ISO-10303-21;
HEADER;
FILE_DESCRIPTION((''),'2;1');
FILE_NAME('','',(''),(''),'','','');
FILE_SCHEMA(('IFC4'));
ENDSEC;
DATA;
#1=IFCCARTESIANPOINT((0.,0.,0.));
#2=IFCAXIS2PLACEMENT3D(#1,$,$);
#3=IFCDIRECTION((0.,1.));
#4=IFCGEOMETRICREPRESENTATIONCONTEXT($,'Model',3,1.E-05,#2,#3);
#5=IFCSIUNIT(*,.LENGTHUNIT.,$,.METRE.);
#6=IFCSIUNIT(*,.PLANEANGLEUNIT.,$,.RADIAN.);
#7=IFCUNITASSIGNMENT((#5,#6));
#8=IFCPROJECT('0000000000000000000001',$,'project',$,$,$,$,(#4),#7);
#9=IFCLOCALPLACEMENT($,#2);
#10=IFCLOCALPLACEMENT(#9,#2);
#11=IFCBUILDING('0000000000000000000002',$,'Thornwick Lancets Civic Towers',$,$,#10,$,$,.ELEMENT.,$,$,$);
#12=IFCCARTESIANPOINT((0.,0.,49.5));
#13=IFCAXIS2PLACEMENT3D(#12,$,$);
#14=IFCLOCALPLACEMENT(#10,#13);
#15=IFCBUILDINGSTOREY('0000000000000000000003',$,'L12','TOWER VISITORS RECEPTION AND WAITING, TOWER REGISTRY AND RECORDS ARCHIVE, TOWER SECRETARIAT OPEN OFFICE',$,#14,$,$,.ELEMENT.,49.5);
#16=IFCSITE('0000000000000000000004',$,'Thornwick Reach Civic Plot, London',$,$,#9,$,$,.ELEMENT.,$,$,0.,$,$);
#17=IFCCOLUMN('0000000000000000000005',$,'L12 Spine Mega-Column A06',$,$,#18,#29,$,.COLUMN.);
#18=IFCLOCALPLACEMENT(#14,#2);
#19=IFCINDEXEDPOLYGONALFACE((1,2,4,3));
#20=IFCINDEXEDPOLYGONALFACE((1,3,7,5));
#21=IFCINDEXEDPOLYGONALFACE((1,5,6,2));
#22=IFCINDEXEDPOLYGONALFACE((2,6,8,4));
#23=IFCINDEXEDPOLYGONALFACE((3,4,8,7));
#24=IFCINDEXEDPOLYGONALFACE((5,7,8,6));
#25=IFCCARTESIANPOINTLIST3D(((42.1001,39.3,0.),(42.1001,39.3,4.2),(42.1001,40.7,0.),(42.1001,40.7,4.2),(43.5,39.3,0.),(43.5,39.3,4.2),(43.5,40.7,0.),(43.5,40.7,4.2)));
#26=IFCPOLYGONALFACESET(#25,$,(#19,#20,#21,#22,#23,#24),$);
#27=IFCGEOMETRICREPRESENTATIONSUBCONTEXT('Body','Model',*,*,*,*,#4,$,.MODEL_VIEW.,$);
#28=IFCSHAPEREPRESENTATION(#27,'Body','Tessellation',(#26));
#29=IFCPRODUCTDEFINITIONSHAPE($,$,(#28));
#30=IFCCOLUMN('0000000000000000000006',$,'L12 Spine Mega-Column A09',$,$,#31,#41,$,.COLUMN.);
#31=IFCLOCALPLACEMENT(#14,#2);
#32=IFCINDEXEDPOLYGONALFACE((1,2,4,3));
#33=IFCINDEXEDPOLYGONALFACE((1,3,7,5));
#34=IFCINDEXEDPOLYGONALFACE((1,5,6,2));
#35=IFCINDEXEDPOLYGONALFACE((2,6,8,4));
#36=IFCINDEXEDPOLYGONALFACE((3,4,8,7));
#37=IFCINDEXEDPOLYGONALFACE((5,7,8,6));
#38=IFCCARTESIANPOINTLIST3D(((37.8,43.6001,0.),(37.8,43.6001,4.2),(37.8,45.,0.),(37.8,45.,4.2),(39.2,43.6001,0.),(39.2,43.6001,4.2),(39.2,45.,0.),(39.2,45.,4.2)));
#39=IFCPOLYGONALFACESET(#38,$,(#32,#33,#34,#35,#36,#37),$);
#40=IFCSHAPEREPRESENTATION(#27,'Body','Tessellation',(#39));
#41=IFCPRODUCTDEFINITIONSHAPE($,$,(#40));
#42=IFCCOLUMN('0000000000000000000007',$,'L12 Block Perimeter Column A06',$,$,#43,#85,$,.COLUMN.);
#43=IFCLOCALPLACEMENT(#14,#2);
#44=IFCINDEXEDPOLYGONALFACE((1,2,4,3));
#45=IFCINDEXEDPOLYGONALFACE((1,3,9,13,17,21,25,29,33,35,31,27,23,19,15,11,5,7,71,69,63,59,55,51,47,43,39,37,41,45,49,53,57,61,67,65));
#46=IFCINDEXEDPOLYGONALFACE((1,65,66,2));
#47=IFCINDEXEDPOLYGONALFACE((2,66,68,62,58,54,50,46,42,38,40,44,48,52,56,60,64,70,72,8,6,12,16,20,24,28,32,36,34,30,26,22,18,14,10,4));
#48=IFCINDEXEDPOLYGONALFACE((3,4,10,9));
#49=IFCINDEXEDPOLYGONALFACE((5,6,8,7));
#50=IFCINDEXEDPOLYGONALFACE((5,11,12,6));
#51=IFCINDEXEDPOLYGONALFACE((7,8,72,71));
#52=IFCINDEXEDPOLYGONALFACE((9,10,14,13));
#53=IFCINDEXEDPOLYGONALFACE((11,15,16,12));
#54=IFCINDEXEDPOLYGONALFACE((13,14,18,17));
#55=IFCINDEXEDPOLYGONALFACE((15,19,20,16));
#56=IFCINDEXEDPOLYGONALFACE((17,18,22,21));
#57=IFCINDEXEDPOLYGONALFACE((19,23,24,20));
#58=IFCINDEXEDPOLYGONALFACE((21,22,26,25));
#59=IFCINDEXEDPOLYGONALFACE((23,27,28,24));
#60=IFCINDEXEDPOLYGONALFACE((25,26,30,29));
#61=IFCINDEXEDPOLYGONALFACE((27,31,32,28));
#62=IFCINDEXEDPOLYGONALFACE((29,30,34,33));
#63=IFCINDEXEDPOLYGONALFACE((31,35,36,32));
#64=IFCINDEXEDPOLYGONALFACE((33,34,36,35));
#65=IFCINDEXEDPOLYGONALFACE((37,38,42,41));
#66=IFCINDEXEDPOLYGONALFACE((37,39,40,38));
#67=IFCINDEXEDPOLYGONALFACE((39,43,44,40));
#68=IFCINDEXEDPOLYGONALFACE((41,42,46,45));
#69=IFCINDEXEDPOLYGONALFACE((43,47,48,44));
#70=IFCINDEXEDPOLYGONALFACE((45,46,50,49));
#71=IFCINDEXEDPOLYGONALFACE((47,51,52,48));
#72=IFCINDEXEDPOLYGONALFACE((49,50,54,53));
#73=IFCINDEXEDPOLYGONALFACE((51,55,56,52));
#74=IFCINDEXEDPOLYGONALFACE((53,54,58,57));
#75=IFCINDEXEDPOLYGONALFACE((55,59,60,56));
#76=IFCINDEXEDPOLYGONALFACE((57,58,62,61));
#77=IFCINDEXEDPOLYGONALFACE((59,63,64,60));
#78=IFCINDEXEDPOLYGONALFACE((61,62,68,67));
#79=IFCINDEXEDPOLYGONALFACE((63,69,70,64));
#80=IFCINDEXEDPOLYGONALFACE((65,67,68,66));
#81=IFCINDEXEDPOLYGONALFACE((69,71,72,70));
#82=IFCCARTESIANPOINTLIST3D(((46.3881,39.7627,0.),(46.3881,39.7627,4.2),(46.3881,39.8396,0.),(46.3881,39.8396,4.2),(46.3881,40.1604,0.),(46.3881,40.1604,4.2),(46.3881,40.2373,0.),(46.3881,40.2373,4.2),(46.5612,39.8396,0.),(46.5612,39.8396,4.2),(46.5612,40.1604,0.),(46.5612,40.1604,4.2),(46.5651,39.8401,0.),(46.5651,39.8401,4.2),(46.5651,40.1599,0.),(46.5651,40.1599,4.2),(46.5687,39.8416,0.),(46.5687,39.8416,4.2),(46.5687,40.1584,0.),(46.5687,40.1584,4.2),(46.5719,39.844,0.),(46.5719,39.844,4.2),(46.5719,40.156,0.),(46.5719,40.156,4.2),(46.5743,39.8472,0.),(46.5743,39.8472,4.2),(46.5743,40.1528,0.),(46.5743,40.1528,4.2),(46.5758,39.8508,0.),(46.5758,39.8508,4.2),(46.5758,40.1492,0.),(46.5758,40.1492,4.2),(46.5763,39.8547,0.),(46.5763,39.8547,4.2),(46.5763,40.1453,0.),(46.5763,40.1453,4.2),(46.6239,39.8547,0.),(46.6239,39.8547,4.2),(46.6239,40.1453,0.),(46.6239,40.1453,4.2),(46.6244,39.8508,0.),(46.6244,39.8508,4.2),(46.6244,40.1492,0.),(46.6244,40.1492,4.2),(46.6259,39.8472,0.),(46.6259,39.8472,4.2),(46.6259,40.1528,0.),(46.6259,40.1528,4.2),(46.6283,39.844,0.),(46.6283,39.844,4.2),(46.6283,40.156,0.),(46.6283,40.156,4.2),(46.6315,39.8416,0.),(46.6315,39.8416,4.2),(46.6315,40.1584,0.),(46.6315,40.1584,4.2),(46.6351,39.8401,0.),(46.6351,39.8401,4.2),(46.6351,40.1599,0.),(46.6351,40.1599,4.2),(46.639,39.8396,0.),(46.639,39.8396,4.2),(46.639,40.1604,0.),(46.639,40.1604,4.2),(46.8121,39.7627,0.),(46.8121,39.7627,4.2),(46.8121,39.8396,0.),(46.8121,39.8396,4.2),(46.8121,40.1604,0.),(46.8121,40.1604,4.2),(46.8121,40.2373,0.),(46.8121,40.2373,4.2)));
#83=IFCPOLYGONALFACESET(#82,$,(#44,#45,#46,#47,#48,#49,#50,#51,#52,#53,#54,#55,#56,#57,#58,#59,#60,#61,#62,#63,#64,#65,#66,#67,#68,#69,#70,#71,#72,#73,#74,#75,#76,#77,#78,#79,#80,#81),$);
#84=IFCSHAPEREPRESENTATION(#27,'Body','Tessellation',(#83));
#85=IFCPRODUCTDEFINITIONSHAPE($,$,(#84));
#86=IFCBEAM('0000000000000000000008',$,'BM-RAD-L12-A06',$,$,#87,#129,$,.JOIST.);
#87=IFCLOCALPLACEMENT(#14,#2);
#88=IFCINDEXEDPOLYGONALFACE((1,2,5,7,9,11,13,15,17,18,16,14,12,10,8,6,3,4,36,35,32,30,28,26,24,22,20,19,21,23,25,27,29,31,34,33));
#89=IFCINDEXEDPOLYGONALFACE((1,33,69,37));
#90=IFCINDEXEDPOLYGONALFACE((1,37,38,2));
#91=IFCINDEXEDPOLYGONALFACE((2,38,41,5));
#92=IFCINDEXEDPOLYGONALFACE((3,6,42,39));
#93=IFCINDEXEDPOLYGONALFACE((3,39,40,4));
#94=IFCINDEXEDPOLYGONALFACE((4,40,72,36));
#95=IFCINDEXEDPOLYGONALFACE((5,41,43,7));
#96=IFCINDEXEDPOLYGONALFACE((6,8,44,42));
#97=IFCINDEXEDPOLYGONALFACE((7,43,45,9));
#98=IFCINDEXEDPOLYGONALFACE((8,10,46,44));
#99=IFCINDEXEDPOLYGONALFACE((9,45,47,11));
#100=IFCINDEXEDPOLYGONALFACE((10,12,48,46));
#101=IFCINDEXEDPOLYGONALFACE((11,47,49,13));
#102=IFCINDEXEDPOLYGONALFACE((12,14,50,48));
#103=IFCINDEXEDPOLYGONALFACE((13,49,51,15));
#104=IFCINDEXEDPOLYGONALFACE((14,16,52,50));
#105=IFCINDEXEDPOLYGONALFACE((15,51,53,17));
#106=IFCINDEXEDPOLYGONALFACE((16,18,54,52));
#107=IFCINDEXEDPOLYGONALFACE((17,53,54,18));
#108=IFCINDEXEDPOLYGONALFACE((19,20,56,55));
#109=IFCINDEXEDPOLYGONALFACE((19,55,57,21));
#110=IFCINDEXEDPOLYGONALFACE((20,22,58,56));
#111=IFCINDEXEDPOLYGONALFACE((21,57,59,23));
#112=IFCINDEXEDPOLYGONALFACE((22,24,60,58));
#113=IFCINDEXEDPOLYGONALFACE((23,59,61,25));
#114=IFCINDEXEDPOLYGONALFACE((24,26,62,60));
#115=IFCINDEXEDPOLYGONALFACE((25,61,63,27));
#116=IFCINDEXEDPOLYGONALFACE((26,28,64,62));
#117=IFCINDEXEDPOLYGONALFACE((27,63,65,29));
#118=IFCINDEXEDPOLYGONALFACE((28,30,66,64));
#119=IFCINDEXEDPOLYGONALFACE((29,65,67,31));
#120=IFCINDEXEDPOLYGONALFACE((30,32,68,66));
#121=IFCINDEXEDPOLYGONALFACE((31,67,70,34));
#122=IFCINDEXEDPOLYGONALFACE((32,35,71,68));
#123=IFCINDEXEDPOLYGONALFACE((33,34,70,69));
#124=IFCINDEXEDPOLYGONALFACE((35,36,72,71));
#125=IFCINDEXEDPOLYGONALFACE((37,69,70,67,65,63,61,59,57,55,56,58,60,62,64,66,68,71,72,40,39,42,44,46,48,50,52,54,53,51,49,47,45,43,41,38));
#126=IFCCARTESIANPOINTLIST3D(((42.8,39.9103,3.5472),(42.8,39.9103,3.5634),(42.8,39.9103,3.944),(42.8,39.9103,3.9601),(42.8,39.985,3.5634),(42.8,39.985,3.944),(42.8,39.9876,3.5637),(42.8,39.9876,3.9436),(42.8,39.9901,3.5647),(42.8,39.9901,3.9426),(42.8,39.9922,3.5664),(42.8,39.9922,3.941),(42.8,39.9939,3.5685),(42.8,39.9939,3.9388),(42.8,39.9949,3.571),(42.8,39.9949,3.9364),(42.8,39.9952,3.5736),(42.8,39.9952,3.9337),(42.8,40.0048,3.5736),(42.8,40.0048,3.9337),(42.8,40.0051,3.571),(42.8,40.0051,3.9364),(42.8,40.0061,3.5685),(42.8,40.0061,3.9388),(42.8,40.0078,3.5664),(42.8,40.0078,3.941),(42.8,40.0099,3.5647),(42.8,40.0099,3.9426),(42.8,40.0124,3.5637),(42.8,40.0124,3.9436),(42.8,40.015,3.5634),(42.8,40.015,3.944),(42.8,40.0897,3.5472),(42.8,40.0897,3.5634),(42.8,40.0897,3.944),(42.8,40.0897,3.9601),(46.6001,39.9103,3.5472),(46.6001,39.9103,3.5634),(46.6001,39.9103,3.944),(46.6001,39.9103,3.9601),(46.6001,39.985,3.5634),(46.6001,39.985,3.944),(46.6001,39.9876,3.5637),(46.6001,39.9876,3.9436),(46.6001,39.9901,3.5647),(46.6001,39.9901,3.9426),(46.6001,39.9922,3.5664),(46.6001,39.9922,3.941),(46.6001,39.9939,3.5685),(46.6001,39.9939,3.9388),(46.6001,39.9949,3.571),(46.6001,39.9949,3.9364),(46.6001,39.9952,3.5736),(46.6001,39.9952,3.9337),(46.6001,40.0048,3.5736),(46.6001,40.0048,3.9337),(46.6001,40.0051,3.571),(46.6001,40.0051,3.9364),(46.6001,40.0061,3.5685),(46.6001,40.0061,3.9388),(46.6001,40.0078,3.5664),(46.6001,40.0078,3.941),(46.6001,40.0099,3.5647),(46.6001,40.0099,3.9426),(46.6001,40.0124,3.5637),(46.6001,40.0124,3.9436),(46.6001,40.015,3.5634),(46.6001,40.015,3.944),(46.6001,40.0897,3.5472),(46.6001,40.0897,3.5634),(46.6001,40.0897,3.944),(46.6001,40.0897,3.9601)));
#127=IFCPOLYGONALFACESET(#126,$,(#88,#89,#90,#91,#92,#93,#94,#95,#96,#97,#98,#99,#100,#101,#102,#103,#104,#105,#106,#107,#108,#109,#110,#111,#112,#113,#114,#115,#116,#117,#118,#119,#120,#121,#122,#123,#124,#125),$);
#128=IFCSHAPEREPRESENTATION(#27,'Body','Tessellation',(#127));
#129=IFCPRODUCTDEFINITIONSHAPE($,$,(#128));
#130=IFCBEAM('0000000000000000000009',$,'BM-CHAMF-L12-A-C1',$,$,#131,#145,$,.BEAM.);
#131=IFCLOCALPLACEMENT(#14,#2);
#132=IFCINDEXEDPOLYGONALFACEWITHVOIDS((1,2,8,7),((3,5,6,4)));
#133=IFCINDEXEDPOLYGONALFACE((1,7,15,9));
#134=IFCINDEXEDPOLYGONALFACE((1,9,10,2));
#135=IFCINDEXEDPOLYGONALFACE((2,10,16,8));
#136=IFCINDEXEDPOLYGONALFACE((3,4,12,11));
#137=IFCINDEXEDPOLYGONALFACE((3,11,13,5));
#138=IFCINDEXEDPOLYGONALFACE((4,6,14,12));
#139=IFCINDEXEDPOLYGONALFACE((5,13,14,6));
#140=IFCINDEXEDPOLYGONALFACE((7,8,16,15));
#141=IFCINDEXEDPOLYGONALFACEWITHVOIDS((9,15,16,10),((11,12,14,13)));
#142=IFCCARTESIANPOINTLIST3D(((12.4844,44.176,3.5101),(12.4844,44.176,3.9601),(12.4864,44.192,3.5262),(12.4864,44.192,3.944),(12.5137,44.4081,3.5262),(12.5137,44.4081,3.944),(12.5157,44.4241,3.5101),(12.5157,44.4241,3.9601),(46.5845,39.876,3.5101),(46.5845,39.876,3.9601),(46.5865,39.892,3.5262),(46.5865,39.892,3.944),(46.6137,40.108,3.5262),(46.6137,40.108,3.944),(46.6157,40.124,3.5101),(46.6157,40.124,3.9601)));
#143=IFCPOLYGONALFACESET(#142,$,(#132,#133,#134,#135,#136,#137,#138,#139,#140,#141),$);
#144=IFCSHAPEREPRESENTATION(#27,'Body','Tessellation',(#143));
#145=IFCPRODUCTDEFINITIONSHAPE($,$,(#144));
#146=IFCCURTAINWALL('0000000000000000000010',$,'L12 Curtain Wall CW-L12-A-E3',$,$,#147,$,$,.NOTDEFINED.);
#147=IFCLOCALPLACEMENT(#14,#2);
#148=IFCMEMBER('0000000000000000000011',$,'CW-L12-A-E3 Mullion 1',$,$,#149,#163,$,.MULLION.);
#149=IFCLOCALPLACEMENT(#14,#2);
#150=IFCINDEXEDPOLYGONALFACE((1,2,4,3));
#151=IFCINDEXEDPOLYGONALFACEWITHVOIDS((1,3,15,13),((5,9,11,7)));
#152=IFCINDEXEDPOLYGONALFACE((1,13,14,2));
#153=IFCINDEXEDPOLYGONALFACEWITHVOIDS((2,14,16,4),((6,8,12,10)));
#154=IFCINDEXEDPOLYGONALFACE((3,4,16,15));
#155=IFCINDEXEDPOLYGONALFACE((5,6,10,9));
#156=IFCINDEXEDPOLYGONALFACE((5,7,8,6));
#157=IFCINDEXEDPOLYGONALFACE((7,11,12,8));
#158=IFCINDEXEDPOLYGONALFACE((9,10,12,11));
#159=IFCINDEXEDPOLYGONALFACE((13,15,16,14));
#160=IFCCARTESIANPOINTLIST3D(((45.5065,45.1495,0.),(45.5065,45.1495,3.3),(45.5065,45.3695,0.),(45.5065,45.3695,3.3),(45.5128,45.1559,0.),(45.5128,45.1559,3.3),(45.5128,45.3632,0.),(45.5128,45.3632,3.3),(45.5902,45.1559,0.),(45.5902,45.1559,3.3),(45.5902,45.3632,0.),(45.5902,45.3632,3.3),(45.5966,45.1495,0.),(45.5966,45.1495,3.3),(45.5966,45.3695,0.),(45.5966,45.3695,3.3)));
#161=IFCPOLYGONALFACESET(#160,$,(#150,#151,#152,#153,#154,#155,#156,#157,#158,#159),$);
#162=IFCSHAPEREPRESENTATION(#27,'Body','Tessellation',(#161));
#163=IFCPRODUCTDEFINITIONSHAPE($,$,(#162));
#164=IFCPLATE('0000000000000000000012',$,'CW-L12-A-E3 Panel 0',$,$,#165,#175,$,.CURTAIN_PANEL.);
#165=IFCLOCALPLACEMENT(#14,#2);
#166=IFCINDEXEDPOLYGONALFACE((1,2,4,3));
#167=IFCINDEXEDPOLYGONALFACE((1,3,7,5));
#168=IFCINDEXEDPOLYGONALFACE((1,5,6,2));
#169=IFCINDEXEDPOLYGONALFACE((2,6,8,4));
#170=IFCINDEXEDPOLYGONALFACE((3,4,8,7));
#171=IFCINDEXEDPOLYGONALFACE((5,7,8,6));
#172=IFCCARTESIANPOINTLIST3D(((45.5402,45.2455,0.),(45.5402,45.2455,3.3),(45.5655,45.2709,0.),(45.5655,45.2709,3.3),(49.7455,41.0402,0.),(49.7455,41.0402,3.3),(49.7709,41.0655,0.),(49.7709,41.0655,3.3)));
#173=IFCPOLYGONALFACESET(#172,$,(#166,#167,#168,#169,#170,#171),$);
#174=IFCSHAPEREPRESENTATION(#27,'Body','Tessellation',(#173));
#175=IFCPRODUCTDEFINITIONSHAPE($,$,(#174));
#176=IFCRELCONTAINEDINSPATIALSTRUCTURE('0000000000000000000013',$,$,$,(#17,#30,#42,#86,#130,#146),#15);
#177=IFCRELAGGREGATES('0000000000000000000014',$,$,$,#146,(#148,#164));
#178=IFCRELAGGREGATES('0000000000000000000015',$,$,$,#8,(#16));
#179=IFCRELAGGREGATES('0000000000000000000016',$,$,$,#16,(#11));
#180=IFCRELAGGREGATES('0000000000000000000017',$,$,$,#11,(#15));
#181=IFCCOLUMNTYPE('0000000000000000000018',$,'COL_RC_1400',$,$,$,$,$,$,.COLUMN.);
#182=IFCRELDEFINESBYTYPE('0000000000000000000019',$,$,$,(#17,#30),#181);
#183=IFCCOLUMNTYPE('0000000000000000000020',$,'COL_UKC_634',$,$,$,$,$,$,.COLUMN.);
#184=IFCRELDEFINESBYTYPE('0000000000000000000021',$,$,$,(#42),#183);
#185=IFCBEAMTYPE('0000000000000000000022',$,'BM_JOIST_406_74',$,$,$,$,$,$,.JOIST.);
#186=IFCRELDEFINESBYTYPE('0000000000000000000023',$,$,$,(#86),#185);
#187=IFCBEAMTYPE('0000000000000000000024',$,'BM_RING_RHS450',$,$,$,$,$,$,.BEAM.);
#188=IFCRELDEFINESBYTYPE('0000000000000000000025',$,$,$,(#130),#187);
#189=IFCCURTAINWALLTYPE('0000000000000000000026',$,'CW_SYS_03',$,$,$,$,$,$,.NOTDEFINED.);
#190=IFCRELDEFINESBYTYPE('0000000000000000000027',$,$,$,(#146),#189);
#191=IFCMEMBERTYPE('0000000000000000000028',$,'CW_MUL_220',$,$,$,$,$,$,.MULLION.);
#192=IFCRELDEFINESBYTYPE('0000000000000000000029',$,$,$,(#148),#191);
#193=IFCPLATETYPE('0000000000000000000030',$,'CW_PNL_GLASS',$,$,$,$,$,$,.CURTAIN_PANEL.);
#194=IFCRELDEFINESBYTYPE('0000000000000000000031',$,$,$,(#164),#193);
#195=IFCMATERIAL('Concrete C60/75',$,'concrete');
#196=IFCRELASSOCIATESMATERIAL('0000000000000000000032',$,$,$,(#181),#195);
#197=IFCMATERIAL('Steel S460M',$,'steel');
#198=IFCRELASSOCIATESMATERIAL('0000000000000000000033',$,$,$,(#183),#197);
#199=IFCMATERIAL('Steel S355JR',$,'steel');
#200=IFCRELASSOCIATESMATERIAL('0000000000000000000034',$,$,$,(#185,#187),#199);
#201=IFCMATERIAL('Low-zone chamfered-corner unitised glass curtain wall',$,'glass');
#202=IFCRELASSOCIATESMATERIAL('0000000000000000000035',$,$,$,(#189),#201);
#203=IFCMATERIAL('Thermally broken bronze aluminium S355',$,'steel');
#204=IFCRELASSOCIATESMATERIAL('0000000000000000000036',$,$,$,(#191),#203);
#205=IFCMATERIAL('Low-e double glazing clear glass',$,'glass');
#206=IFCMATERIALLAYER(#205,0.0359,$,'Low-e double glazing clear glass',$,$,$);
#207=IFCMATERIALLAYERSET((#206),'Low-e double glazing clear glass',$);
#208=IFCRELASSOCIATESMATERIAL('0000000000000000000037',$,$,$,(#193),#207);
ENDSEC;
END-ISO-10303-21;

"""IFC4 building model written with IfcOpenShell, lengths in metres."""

from ifc_helpers import new_model, si_unit, direction, frame, origin, origin_2d, place, context, subcontext, project, spatial, rectangle, hollow_rectangle, i_section, extrude, material, layer, layer_set, material_profile, profile_set, type_object, element, aggregate, save


model = new_model("IFC4")

# Units and contexts
model_context = context("Model", 3, precision=1e-05, world=origin(), true_north=direction((0.0, 1.0)))
body_context = subcontext(model_context, "Body", "Model", "MODEL_VIEW")
ifc_project = project(units=[si_unit("LENGTHUNIT", "METRE"), si_unit("PLANEANGLEUNIT", "RADIAN")], contexts=[model_context])

# Site, building, storey
site_placement = place(None, origin())
site = spatial("IfcSite", under=ifc_project, at=site_placement, Name="Thornwick Reach Civic Plot, London", CompositionType="ELEMENT", RefElevation=0.0)
building_placement = place(site_placement, origin())
building = spatial("IfcBuilding", under=site, at=building_placement, Name="Thornwick Lancets Civic Towers", CompositionType="ELEMENT")
storey_placement = place(building_placement, frame((0.0, 0.0, 49.5)))
storey = spatial("IfcBuildingStorey", under=building, at=storey_placement, Name="L12", Description="TOWER VISITORS RECEPTION AND WAITING, TOWER REGISTRY AND RECORDS ARCHIVE, TOWER SECRETARIAT OPEN OFFICE", CompositionType="ELEMENT", Elevation=49.5)

# Columns
ifc_material_1 = material(Name="Concrete C60/75", Category="concrete")
ifc_material_profile_1 = material_profile(ifc_material_1, rectangle(XDim=1.3999, YDim=1.3999, at=origin_2d()), Name="RC 1400x1400")
ifc_profile_set_1 = profile_set([ifc_material_profile_1], Name="Concrete C60/75")
column_type_1 = type_object("IfcColumnType", Name="COL_RC_1400", PredefinedType="COLUMN", material=ifc_profile_set_1)
for number, where, z_axis, x_axis, name in (
    (1, (42.8, 40.0, 0.0), (0.0, 0.0, 1.0), (1.0, 0.0, 0.0), "L12 Spine Mega-Column A06"),
    (2, (38.5, 44.3, 0.0), (0.0, 0.0, 1.0), (1.0, 0.0, 0.0), "L12 Spine Mega-Column A09"),
):
    element("IfcColumn", number, at=place(storey_placement, frame(where, z_axis=z_axis, x_axis=x_axis)), inside=storey, type_object=column_type_1, Name=name, PredefinedType="COLUMN", context=body_context, shape_type="SweptSolid", body=[
        extrude(rectangle(XDim=1.3999, YDim=1.3999, at=origin_2d()), origin(), (0.0, 0.0, 1.0), 4.2),
    ])
ifc_material_2 = material(Name="Steel S460M", Category="steel")
ifc_material_profile_2 = material_profile(ifc_material_2, i_section(OverallWidth=0.4241, OverallDepth=0.4746, WebThickness=0.0476, FlangeThickness=0.0769, FilletRadius=0.0151, at=origin_2d()), Name="UKC 356x406x634")
ifc_profile_set_2 = profile_set([ifc_material_profile_2], Name="Steel S460M")
column_type_2 = type_object("IfcColumnType", Name="COL_UKC_634", PredefinedType="COLUMN", material=ifc_profile_set_2)
column_placement = place(storey_placement, frame((46.6001, 40.0, 0.0), z_axis=(0.0, 0.0, 1.0), x_axis=(1.0, 0.0, 0.0)))
element("IfcColumn", 3, at=column_placement, inside=storey, type_object=column_type_2, Name="L12 Block Perimeter Column A06", PredefinedType="COLUMN", context=body_context, shape_type="SweptSolid", body=[
    extrude(i_section(OverallWidth=0.4241, OverallDepth=0.4746, WebThickness=0.0476, FlangeThickness=0.0769, FilletRadius=0.0151, at=origin_2d()), origin(), (0.0, 0.0, 1.0), 4.2),
])

# Beams
ifc_material_3 = material(Name="Steel S355JR", Category="steel")
ifc_material_profile_3 = material_profile(ifc_material_3, i_section(OverallWidth=0.1794, OverallDepth=0.4128, WebThickness=0.0095, FlangeThickness=0.0161, FilletRadius=0.0103, at=origin_2d()), Name="UKB 406x178x74")
ifc_profile_set_3 = profile_set([ifc_material_profile_3], Name="Steel S355JR")
beam_type_1 = type_object("IfcBeamType", Name="BM_JOIST_406_74", PredefinedType="JOIST", material=ifc_profile_set_3)
beam_1_placement = place(storey_placement, frame((42.8, 40.0, 3.7537), z_axis=(1.0, 0.0, 0.0), x_axis=(0.0, 1.0, 0.0)))
element("IfcBeam", 4, at=beam_1_placement, inside=storey, type_object=beam_type_1, Name="BM-RAD-L12-A06", PredefinedType="JOIST", context=body_context, shape_type="SweptSolid", body=[
    extrude(i_section(OverallWidth=0.1794, OverallDepth=0.4128, WebThickness=0.0095, FlangeThickness=0.0161, FilletRadius=0.0103, at=origin_2d()), origin(), (0.0, 0.0, 1.0), 3.8),
])
ifc_material_profile_4 = material_profile(ifc_material_3, hollow_rectangle(XDim=0.25, YDim=0.45, WallThickness=0.0161, at=origin_2d()), Name="RHS 450x250x16")
ifc_profile_set_4 = profile_set([ifc_material_profile_4], Name="Steel S355JR")
beam_type_2 = type_object("IfcBeamType", Name="BM_RING_RHS450", PredefinedType="BEAM", material=ifc_profile_set_4)
beam_2_placement = place(storey_placement, frame((46.6001, 40.0, 3.7351), z_axis=(-0.992143, 0.12511, 0.0), x_axis=(-0.12511, -0.992143, 0.0)))
element("IfcBeam", 5, at=beam_2_placement, inside=storey, type_object=beam_type_2, Name="BM-CHAMF-L12-A-C1", PredefinedType="BEAM", context=body_context, shape_type="SweptSolid", body=[
    extrude(hollow_rectangle(XDim=0.25, YDim=0.45, WallThickness=0.0161, at=origin_2d()), origin(), (0.0, 0.0, 1.0), 34.3701),
])

# Curtain wall, member, plate
ifc_material_4 = material(Name="Low-zone chamfered-corner unitised glass curtain wall", Category="glass")
curtain_wall_type = type_object("IfcCurtainWallType", Name="CW_SYS_03", PredefinedType="NOTDEFINED", material=ifc_material_4)
curtain_wall_placement = place(storey_placement, origin())
curtain_wall = element("IfcCurtainWall", 6, at=curtain_wall_placement, inside=storey, type_object=curtain_wall_type, Name="L12 Curtain Wall CW-L12-A-E3", PredefinedType="NOTDEFINED")
ifc_material_5 = material(Name="Thermally broken bronze aluminium S355", Category="steel")
ifc_material_profile_5 = material_profile(ifc_material_5, hollow_rectangle(XDim=0.0901, YDim=0.22, WallThickness=0.0063, at=origin_2d()), Name="RHS 220x90x6.3")
ifc_profile_set_5 = profile_set([ifc_material_profile_5], Name="Thermally broken bronze aluminium S355")
member_type = type_object("IfcMemberType", Name="CW_MUL_220", PredefinedType="MULLION", material=ifc_profile_set_5)
member_placement = place(storey_placement, frame((45.5515, 45.2595, 0.0), z_axis=(0.0, 0.0, 1.0), x_axis=(1.0, 0.0, 0.0)))
member = element("IfcMember", 7, at=member_placement, type_object=member_type, Name="CW-L12-A-E3 Mullion 1", PredefinedType="MULLION", context=body_context, shape_type="SweptSolid", body=[
    extrude(hollow_rectangle(XDim=0.0901, YDim=0.22, WallThickness=0.0063, at=origin_2d()), origin(), (0.0, 0.0, 1.0), 3.3),
])
ifc_material_6 = material(Name="Low-e double glazing clear glass", Category="glass")
ifc_layer_1 = layer(ifc_material_6, 0.0359, Name="Low-e double glazing clear glass")
ifc_layer_set_1 = layer_set([ifc_layer_1], Name="Low-e double glazing clear glass")
plate_type = type_object("IfcPlateType", Name="CW_PNL_GLASS", PredefinedType="CURTAIN_PANEL", material=ifc_layer_set_1)
plate_placement = place(storey_placement, frame((47.6555, 43.1555, 0.0), z_axis=(0.0, 0.0, 1.0), x_axis=(-0.707107, 0.707107, 0.0)))
plate = element("IfcPlate", 8, at=plate_placement, type_object=plate_type, Name="CW-L12-A-E3 Panel 0", PredefinedType="CURTAIN_PANEL", context=body_context, shape_type="SweptSolid", body=[
    extrude(rectangle(XDim=5.9473, YDim=0.0359, at=origin_2d()), origin(), (0.0, 0.0, 1.0), 3.3),
])
aggregate(curtain_wall, [member, plate])

save(model, "model.ifc")
